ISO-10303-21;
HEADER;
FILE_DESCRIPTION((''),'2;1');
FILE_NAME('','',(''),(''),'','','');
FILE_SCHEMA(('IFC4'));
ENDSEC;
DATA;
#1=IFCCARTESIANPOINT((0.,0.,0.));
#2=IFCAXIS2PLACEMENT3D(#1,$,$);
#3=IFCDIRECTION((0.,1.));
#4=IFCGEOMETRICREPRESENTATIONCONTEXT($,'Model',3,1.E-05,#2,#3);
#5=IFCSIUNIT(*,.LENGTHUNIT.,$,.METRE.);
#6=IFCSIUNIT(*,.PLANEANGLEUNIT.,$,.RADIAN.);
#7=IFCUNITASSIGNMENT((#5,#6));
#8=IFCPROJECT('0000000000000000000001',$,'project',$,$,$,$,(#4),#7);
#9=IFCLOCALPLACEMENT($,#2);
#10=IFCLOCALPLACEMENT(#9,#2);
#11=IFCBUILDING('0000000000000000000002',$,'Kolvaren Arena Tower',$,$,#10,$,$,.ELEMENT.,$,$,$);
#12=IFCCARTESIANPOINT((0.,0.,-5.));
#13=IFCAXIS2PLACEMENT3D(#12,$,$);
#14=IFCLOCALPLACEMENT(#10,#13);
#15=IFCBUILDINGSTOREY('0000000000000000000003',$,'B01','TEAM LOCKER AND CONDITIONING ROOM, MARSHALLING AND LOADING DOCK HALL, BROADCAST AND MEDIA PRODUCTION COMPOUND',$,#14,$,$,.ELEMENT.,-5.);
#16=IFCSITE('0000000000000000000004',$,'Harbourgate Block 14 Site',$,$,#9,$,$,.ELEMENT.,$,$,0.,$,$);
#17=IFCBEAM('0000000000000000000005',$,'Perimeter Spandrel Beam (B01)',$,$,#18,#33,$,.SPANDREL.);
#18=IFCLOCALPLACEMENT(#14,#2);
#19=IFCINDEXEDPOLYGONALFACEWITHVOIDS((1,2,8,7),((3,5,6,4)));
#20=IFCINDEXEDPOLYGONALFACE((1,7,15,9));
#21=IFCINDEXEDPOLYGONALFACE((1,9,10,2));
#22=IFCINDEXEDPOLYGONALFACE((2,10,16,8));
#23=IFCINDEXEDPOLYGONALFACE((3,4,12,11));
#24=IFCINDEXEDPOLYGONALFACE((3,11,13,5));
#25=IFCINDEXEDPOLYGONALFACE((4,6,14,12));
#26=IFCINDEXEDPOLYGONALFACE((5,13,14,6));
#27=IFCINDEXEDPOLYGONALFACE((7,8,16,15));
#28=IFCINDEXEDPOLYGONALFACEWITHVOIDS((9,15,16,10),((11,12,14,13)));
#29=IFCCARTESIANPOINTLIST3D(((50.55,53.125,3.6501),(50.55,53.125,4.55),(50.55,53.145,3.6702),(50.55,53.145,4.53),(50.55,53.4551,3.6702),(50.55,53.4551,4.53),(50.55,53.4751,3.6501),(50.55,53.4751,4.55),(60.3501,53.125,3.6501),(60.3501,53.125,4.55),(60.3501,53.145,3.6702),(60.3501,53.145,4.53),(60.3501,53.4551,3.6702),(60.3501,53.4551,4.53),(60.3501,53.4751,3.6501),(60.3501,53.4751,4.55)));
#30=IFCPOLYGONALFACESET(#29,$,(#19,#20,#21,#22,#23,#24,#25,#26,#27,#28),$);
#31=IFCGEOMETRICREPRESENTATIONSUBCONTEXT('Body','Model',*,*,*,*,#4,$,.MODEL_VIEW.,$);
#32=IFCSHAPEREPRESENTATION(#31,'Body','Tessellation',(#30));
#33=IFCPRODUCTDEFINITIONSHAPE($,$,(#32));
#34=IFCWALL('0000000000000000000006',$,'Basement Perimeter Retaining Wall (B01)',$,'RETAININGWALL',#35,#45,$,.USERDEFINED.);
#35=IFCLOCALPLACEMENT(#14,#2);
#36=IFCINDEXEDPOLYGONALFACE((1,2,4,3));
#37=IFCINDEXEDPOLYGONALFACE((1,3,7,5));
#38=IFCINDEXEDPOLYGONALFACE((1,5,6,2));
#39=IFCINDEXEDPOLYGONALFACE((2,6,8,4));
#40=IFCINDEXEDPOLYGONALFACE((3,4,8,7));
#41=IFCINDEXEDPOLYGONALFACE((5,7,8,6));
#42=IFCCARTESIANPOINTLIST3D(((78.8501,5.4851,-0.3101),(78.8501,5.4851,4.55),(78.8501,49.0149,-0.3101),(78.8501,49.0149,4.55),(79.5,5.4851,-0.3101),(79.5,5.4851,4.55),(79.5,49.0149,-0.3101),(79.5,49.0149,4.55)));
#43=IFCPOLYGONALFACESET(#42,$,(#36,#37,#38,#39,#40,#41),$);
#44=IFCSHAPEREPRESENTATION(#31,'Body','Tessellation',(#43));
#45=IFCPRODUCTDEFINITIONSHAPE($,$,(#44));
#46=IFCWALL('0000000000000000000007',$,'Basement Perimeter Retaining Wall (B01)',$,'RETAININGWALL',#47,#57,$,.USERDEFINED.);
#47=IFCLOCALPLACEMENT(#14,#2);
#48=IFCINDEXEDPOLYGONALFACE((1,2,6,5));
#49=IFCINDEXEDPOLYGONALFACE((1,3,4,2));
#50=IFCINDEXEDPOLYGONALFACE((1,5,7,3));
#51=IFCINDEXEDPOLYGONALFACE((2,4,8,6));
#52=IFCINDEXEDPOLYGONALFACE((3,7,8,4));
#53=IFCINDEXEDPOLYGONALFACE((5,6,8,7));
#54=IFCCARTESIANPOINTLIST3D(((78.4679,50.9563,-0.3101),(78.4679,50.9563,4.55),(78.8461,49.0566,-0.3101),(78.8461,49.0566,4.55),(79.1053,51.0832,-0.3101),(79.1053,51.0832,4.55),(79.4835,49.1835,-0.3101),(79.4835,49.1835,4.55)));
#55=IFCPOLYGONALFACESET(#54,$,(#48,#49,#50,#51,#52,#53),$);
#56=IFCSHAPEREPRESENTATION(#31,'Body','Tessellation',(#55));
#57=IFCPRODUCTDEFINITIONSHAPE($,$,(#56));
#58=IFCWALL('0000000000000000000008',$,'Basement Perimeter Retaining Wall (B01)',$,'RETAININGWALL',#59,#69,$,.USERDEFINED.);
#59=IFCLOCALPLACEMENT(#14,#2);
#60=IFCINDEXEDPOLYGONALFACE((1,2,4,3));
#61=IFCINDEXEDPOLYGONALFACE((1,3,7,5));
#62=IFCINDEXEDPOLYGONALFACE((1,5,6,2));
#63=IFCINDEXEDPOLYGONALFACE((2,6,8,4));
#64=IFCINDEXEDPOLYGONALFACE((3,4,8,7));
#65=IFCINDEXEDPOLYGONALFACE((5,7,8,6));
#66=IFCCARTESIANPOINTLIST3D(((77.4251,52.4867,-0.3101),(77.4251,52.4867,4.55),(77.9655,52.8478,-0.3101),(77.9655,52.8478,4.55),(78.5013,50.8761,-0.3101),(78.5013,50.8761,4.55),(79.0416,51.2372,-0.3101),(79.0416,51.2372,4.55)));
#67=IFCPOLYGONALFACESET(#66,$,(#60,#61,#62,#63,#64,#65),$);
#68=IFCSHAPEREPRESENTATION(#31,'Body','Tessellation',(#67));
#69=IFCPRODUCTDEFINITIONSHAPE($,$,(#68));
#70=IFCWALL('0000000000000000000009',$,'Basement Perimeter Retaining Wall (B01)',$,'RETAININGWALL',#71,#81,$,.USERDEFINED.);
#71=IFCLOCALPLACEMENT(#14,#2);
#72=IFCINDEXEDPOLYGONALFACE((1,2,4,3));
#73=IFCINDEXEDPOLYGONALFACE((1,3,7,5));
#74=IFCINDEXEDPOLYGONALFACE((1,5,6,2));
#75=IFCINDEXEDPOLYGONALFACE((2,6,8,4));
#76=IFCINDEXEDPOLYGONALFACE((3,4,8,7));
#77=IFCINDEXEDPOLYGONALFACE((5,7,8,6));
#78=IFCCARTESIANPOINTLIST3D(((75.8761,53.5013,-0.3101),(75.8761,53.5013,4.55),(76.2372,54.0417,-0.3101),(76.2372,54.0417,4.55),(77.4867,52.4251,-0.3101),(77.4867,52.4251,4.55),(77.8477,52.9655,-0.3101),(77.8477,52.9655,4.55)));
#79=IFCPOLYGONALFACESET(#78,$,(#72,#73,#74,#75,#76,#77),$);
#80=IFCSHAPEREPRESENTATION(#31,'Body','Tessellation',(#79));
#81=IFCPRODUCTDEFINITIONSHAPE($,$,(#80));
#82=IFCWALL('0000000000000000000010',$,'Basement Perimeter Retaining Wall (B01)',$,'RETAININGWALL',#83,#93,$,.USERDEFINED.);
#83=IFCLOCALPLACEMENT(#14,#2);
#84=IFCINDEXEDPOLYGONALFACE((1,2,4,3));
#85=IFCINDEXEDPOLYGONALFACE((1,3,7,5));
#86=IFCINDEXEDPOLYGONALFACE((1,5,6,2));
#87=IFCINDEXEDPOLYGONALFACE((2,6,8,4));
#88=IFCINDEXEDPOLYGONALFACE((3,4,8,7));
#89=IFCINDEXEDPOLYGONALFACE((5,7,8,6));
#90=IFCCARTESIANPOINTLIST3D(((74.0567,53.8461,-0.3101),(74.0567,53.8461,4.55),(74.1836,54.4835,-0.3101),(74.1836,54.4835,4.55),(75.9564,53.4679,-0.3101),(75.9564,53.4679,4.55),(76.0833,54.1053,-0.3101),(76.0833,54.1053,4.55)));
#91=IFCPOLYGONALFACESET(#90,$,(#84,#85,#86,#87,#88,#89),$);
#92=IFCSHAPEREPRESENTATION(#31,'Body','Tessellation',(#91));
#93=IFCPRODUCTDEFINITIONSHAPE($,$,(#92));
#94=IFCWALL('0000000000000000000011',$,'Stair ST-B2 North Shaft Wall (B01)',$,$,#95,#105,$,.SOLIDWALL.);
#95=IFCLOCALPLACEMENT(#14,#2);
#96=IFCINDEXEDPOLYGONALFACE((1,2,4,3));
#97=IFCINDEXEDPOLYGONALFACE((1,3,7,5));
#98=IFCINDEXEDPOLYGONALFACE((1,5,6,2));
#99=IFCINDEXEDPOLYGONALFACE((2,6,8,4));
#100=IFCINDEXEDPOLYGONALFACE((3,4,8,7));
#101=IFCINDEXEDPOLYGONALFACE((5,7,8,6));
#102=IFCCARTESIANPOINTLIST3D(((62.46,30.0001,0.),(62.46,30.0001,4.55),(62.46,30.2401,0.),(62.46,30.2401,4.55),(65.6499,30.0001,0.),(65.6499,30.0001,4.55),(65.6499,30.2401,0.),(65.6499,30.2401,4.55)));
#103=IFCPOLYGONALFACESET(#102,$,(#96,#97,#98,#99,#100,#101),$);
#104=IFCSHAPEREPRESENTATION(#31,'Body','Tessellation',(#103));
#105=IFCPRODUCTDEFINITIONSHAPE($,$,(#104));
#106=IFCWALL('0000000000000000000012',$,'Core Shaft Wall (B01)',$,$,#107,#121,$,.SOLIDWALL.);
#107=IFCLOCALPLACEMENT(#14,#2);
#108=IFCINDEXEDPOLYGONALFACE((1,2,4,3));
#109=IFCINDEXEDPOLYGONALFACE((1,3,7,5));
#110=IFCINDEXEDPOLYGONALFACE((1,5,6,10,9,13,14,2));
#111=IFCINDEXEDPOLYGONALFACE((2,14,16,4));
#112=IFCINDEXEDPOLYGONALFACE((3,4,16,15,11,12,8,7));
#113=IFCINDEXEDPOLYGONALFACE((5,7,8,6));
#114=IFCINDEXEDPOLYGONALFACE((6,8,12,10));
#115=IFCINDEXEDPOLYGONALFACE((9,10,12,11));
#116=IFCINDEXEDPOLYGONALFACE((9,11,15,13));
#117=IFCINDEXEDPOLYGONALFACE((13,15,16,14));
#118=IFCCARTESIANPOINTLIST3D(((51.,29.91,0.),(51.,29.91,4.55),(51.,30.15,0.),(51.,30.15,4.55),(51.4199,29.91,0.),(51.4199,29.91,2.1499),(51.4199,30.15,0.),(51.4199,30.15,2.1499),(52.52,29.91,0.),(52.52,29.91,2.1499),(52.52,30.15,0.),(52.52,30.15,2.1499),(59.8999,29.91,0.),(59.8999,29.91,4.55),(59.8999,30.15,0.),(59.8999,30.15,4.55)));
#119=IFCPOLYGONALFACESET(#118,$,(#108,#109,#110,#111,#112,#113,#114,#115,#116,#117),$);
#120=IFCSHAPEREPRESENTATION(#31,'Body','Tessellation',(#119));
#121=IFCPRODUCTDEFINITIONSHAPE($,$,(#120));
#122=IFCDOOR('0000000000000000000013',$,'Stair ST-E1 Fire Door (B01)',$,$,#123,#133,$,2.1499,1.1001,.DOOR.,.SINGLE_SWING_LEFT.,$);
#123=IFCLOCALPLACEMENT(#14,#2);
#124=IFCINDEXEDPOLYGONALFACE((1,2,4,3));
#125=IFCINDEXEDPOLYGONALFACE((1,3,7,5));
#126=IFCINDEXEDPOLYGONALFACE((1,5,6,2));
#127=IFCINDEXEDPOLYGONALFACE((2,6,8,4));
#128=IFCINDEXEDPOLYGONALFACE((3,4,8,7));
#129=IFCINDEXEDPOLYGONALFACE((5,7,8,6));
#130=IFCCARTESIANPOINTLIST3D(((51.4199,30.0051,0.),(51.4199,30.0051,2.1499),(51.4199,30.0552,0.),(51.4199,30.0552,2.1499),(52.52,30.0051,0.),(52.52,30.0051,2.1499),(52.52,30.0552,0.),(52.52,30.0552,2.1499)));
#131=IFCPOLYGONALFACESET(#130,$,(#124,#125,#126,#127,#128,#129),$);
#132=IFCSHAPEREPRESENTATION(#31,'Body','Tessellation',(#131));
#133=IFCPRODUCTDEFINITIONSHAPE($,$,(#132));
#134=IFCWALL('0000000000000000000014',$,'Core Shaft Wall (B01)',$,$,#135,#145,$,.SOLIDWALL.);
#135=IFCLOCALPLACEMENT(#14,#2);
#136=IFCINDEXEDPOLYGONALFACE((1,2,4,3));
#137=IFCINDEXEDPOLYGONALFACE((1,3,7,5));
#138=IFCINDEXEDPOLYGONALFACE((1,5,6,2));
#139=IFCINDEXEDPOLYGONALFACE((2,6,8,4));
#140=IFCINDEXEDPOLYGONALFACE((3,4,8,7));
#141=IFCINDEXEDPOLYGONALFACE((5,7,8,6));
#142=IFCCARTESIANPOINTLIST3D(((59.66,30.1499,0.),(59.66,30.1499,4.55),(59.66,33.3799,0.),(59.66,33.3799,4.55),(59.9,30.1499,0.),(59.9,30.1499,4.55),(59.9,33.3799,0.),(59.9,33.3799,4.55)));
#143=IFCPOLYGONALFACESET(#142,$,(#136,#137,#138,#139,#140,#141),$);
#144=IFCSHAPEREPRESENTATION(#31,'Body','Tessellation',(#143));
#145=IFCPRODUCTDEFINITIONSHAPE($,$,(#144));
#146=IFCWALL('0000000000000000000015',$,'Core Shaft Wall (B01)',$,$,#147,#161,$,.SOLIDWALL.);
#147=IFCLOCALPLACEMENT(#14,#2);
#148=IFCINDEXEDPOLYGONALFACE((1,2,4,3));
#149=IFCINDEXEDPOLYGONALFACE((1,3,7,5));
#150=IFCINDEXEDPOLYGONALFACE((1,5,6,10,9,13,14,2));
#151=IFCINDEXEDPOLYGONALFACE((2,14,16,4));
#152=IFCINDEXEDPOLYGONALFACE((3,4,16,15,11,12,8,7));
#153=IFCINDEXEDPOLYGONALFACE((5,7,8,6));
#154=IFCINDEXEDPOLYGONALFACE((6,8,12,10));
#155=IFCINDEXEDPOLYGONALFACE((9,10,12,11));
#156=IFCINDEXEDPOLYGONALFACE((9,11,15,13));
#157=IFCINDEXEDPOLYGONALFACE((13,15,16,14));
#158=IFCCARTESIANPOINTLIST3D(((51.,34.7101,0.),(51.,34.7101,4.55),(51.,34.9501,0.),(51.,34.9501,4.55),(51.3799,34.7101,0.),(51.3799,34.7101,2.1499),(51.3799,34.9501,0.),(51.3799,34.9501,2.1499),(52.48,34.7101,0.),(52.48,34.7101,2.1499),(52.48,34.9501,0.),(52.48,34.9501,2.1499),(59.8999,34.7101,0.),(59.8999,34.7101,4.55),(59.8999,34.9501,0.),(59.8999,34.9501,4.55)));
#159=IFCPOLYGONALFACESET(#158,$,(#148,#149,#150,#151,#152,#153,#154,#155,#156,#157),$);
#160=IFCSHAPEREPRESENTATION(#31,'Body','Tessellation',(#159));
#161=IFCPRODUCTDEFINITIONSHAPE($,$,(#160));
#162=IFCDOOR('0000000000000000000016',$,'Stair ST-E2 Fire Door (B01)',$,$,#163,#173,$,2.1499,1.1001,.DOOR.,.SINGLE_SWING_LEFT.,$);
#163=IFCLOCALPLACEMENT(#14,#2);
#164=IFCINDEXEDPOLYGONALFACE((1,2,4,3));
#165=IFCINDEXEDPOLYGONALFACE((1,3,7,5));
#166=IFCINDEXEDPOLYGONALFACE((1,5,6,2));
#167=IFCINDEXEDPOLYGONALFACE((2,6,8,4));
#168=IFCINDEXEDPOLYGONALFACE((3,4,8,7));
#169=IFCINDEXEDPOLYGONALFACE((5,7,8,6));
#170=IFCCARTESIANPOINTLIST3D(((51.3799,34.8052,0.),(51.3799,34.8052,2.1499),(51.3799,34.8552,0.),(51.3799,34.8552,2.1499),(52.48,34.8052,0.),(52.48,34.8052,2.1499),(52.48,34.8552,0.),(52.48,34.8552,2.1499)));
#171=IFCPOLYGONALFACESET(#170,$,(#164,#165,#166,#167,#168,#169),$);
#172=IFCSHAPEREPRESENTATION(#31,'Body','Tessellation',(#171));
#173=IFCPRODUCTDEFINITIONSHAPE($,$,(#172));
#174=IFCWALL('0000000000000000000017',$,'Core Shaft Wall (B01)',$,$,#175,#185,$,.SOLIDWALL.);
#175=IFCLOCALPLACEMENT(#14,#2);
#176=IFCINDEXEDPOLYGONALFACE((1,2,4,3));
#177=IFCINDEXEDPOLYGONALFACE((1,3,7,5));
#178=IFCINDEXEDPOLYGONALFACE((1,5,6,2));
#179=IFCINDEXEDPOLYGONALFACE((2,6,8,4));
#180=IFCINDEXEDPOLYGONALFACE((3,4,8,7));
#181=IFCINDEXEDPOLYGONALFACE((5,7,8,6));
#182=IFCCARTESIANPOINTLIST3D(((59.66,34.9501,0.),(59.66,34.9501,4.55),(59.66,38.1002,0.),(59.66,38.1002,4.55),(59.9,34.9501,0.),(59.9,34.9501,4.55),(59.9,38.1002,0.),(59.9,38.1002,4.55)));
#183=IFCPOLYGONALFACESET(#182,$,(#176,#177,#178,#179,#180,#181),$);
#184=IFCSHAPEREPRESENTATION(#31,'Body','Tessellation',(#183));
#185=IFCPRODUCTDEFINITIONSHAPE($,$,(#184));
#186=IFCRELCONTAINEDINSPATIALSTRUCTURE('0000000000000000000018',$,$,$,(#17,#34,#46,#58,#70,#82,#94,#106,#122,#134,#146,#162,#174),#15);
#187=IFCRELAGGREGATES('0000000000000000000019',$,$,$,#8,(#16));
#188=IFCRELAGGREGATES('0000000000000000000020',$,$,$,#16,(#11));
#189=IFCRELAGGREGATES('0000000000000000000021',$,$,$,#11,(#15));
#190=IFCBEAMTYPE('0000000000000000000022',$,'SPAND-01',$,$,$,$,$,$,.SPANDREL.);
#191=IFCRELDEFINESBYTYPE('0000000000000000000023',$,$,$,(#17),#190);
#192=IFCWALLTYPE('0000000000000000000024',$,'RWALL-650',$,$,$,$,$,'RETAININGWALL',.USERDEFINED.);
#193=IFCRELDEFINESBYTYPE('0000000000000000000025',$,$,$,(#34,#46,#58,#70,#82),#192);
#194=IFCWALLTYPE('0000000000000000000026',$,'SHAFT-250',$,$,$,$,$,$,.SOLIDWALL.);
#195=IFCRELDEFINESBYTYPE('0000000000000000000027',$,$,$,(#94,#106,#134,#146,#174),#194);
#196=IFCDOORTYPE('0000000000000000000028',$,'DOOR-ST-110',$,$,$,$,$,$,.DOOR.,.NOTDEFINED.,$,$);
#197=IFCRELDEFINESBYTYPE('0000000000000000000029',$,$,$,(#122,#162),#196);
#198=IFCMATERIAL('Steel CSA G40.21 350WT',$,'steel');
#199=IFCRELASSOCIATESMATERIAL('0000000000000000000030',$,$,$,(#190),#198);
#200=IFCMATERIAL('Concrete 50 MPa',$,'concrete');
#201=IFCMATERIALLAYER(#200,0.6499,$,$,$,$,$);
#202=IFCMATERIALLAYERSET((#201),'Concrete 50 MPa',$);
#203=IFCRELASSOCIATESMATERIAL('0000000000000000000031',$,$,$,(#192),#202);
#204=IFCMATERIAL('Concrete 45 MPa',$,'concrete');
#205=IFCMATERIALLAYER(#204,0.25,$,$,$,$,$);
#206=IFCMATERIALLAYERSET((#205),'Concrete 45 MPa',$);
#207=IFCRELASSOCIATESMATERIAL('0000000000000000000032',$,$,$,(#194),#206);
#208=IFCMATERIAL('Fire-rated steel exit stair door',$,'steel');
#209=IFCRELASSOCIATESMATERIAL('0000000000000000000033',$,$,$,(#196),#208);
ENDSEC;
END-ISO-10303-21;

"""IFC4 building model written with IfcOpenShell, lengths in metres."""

from ifc_helpers import new_model, si_unit, direction, frame, frame_2d, origin, origin_2d, place, context, subcontext, project, spatial, rectangle, hollow_rectangle, extrude, material, layer, layer_set, material_profile, profile_set, type_object, element, fill, save


model = new_model("IFC4")

# Units and contexts
model_context = context("Model", 3, precision=1e-05, world=origin(), true_north=direction((0.0, 1.0)))
body_context = subcontext(model_context, "Body", "Model", "MODEL_VIEW")
ifc_project = project(units=[si_unit("LENGTHUNIT", "METRE"), si_unit("PLANEANGLEUNIT", "RADIAN")], contexts=[model_context])

# Site, building, storey
site_placement = place(None, origin())
site = spatial("IfcSite", under=ifc_project, at=site_placement, Name="Harbourgate Block 14 Site", CompositionType="ELEMENT", RefElevation=0.0)
building_placement = place(site_placement, origin())
building = spatial("IfcBuilding", under=site, at=building_placement, Name="Kolvaren Arena Tower", CompositionType="ELEMENT")
storey_placement = place(building_placement, frame((0.0, 0.0, -5.0)))
storey = spatial("IfcBuildingStorey", under=building, at=storey_placement, Name="B01", Description="TEAM LOCKER AND CONDITIONING ROOM, MARSHALLING AND LOADING DOCK HALL, BROADCAST AND MEDIA PRODUCTION COMPOUND", CompositionType="ELEMENT", Elevation=-5.0)

# Beam
ifc_material_1 = material(Name="Steel CSA G40.21 350WT", Category="steel")
ifc_material_profile_1 = material_profile(ifc_material_1, hollow_rectangle(XDim=0.3501, YDim=0.8999, WallThickness=0.02, at=origin_2d()), Name="HSS 900x350x20")
ifc_profile_set_1 = profile_set([ifc_material_profile_1], Name="Steel CSA G40.21 350WT")
beam_type_1 = type_object("IfcBeamType", Name="SPAND-01", PredefinedType="SPANDREL", material=ifc_profile_set_1)
beam_1_placement = place(storey_placement, frame((60.3501, 53.3, 4.1001), z_axis=(-1.0, 0.0, 0.0), x_axis=(0.0, -1.0, 0.0)))
element("IfcBeam", 1, at=beam_1_placement, inside=storey, type_object=beam_type_1, Name="Perimeter Spandrel Beam (B01)", PredefinedType="SPANDREL", context=body_context, shape_type="SweptSolid", body=[
    extrude(hollow_rectangle(XDim=0.3501, YDim=0.8999, WallThickness=0.02, at=origin_2d()), origin(), (0.0, 0.0, 1.0), 9.8),
])

# Walls
ifc_material_2 = material(Name="Concrete 50 MPa", Category="concrete")
ifc_layer_1 = layer(ifc_material_2, 0.6499)
ifc_layer_set_1 = layer_set([ifc_layer_1], Name="Concrete 50 MPa")
wall_type_1 = type_object("IfcWallType", Name="RWALL-650", ElementType="RETAININGWALL", PredefinedType="USERDEFINED", material=ifc_layer_set_1)
wall_1_placement = place(storey_placement, frame((79.175, 49.0149, -0.3101), z_axis=(0.0, 0.0, 1.0), x_axis=(0.0, -1.0, 0.0)))
element("IfcWall", 2, at=wall_1_placement, inside=storey, type_object=wall_type_1, Name="Basement Perimeter Retaining Wall (B01)", ObjectType="RETAININGWALL", PredefinedType="USERDEFINED", context=body_context, shape_type="SweptSolid", body=[
    extrude(rectangle(XDim=43.5298, YDim=0.6499, at=frame_2d((21.7649, 0.0))), origin(), (0.0, 0.0, 1.0), 4.8601),
])
for number, where, z_axis, x_axis, name in (
    (3, (78.7866, 51.0198, -0.3101), (0.0, 0.0, 1.0), (0.195243, -0.980755, 0.0), "Basement Perimeter Retaining Wall (B01)"),
    (4, (77.6953, 52.6672, -0.3101), (0.0, 0.0, 1.0), (0.555572, -0.831468, 0.0), "Basement Perimeter Retaining Wall (B01)"),
    (5, (76.0566, 53.7715, -0.3101), (0.0, 0.0, 1.0), (0.831468, -0.555572, 0.0), "Basement Perimeter Retaining Wall (B01)"),
    (6, (74.1201, 54.1648, -0.3101), (0.0, 0.0, 1.0), (0.980755, -0.195243, 0.0), "Basement Perimeter Retaining Wall (B01)"),
):
    element("IfcWall", number, at=place(storey_placement, frame(where, z_axis=z_axis, x_axis=x_axis)), inside=storey, type_object=wall_type_1, Name=name, ObjectType="RETAININGWALL", PredefinedType="USERDEFINED", context=body_context, shape_type="SweptSolid", body=[
        extrude(rectangle(XDim=1.937, YDim=0.6499, at=frame_2d((0.9685, 0.0))), origin(), (0.0, 0.0, 1.0), 4.8601),
    ])
ifc_material_3 = material(Name="Concrete 45 MPa", Category="concrete")
ifc_layer_2 = layer(ifc_material_3, 0.25)
ifc_layer_set_2 = layer_set([ifc_layer_2], Name="Concrete 45 MPa")
wall_type_2 = type_object("IfcWallType", Name="SHAFT-250", PredefinedType="SOLIDWALL", material=ifc_layer_set_2)
wall_2_placement = place(storey_placement, frame((62.46, 30.1201, 0.0), z_axis=(0.0, 0.0, 1.0), x_axis=(1.0, 0.0, 0.0)))
element("IfcWall", 7, at=wall_2_placement, inside=storey, type_object=wall_type_2, Name="Stair ST-B2 North Shaft Wall (B01)", PredefinedType="SOLIDWALL", context=body_context, shape_type="SweptSolid", body=[
    extrude(rectangle(XDim=3.1899, YDim=0.24, at=frame_2d((1.595, 0.0))), origin(), (0.0, 0.0, 1.0), 4.55),
])

# Wall, opening, door
wall_3_placement = place(storey_placement, frame((59.8999, 30.03, 0.0), z_axis=(0.0, 0.0, 1.0), x_axis=(-1.0, 0.0, 0.0)))
wall_3 = element("IfcWall", 8, at=wall_3_placement, inside=storey, type_object=wall_type_2, Name="Core Shaft Wall (B01)", PredefinedType="SOLIDWALL", context=body_context, shape_type="SweptSolid", body=[
    extrude(rectangle(XDim=8.8999, YDim=0.24, at=frame_2d((4.45, 0.0))), origin(), (0.0, 0.0, 1.0), 4.55),
])
opening_1_placement = place(wall_3_placement, frame((7.3799, 0.0, 0.0)))
opening_1 = element("IfcOpeningElement", 9, at=opening_1_placement, cuts=wall_3, PredefinedType="OPENING", context=body_context, shape_type="SweptSolid", body=[
    extrude(rectangle(XDim=1.1001, YDim=2.1499, at=frame_2d((0.55, 1.075))), frame((0.0, 0.1299, 0.0), z_axis=(0.0, -1.0, 0.0), x_axis=(1.0, 0.0, 0.0)), (0.0, 0.0, 1.0), 0.26),
])
ifc_material_4 = material(Name="Fire-rated steel exit stair door", Category="steel")
door_type = type_object("IfcDoorType", Name="DOOR-ST-110", OperationType="NOTDEFINED", PredefinedType="DOOR", material=ifc_material_4)
door_1_placement = place(opening_1_placement, origin())
door_1 = element("IfcDoor", 10, at=door_1_placement, inside=storey, type_object=door_type, Name="Stair ST-E1 Fire Door (B01)", OperationType="SINGLE_SWING_LEFT", OverallHeight=2.1499, OverallWidth=1.1001, PredefinedType="DOOR", context=body_context, shape_type="SweptSolid", body=[
    extrude(rectangle(XDim=1.1001, YDim=2.1499, at=frame_2d((0.55, 1.075))), frame((0.0, 0.0249, 0.0), z_axis=(0.0, -1.0, 0.0), x_axis=(1.0, 0.0, 0.0)), (0.0, 0.0, 1.0), 0.05),
])
fill(opening_1, door_1)

# Wall
wall_4_placement = place(storey_placement, frame((59.78, 30.1499, 0.0), z_axis=(0.0, 0.0, 1.0), x_axis=(0.0, 1.0, 0.0)))
element("IfcWall", 11, at=wall_4_placement, inside=storey, type_object=wall_type_2, Name="Core Shaft Wall (B01)", PredefinedType="SOLIDWALL", context=body_context, shape_type="SweptSolid", body=[
    extrude(rectangle(XDim=3.23, YDim=0.24, at=frame_2d((1.615, 0.0))), origin(), (0.0, 0.0, 1.0), 4.55),
])

# Wall, opening, door
wall_5_placement = place(storey_placement, frame((59.8999, 34.8301, 0.0), z_axis=(0.0, 0.0, 1.0), x_axis=(-1.0, 0.0, 0.0)))
wall_5 = element("IfcWall", 12, at=wall_5_placement, inside=storey, type_object=wall_type_2, Name="Core Shaft Wall (B01)", PredefinedType="SOLIDWALL", context=body_context, shape_type="SweptSolid", body=[
    extrude(rectangle(XDim=8.8999, YDim=0.24, at=frame_2d((4.45, 0.0))), origin(), (0.0, 0.0, 1.0), 4.55),
])
opening_2_placement = place(wall_5_placement, frame((7.4199, 0.0, 0.0)))
opening_2 = element("IfcOpeningElement", 13, at=opening_2_placement, cuts=wall_5, PredefinedType="OPENING", context=body_context, shape_type="SweptSolid", body=[
    extrude(rectangle(XDim=1.1001, YDim=2.1499, at=frame_2d((0.55, 1.075))), frame((0.0, 0.1299, 0.0), z_axis=(0.0, -1.0, 0.0), x_axis=(1.0, 0.0, 0.0)), (0.0, 0.0, 1.0), 0.26),
])
door_2_placement = place(opening_2_placement, origin())
door_2 = element("IfcDoor", 14, at=door_2_placement, inside=storey, type_object=door_type, Name="Stair ST-E2 Fire Door (B01)", OperationType="SINGLE_SWING_LEFT", OverallHeight=2.1499, OverallWidth=1.1001, PredefinedType="DOOR", context=body_context, shape_type="SweptSolid", body=[
    extrude(rectangle(XDim=1.1001, YDim=2.1499, at=frame_2d((0.55, 1.075))), frame((0.0, 0.0249, 0.0), z_axis=(0.0, -1.0, 0.0), x_axis=(1.0, 0.0, 0.0)), (0.0, 0.0, 1.0), 0.05),
])
fill(opening_2, door_2)

# Wall
wall_6_placement = place(storey_placement, frame((59.78, 34.95, 0.0), z_axis=(0.0, 0.0, 1.0), x_axis=(0.0, 1.0, 0.0)))
element("IfcWall", 15, at=wall_6_placement, inside=storey, type_object=wall_type_2, Name="Core Shaft Wall (B01)", PredefinedType="SOLIDWALL", context=body_context, shape_type="SweptSolid", body=[
    extrude(rectangle(XDim=3.1501, YDim=0.24, at=frame_2d((1.5752, 0.0))), origin(), (0.0, 0.0, 1.0), 4.55),
])

save(model, "model.ifc")
